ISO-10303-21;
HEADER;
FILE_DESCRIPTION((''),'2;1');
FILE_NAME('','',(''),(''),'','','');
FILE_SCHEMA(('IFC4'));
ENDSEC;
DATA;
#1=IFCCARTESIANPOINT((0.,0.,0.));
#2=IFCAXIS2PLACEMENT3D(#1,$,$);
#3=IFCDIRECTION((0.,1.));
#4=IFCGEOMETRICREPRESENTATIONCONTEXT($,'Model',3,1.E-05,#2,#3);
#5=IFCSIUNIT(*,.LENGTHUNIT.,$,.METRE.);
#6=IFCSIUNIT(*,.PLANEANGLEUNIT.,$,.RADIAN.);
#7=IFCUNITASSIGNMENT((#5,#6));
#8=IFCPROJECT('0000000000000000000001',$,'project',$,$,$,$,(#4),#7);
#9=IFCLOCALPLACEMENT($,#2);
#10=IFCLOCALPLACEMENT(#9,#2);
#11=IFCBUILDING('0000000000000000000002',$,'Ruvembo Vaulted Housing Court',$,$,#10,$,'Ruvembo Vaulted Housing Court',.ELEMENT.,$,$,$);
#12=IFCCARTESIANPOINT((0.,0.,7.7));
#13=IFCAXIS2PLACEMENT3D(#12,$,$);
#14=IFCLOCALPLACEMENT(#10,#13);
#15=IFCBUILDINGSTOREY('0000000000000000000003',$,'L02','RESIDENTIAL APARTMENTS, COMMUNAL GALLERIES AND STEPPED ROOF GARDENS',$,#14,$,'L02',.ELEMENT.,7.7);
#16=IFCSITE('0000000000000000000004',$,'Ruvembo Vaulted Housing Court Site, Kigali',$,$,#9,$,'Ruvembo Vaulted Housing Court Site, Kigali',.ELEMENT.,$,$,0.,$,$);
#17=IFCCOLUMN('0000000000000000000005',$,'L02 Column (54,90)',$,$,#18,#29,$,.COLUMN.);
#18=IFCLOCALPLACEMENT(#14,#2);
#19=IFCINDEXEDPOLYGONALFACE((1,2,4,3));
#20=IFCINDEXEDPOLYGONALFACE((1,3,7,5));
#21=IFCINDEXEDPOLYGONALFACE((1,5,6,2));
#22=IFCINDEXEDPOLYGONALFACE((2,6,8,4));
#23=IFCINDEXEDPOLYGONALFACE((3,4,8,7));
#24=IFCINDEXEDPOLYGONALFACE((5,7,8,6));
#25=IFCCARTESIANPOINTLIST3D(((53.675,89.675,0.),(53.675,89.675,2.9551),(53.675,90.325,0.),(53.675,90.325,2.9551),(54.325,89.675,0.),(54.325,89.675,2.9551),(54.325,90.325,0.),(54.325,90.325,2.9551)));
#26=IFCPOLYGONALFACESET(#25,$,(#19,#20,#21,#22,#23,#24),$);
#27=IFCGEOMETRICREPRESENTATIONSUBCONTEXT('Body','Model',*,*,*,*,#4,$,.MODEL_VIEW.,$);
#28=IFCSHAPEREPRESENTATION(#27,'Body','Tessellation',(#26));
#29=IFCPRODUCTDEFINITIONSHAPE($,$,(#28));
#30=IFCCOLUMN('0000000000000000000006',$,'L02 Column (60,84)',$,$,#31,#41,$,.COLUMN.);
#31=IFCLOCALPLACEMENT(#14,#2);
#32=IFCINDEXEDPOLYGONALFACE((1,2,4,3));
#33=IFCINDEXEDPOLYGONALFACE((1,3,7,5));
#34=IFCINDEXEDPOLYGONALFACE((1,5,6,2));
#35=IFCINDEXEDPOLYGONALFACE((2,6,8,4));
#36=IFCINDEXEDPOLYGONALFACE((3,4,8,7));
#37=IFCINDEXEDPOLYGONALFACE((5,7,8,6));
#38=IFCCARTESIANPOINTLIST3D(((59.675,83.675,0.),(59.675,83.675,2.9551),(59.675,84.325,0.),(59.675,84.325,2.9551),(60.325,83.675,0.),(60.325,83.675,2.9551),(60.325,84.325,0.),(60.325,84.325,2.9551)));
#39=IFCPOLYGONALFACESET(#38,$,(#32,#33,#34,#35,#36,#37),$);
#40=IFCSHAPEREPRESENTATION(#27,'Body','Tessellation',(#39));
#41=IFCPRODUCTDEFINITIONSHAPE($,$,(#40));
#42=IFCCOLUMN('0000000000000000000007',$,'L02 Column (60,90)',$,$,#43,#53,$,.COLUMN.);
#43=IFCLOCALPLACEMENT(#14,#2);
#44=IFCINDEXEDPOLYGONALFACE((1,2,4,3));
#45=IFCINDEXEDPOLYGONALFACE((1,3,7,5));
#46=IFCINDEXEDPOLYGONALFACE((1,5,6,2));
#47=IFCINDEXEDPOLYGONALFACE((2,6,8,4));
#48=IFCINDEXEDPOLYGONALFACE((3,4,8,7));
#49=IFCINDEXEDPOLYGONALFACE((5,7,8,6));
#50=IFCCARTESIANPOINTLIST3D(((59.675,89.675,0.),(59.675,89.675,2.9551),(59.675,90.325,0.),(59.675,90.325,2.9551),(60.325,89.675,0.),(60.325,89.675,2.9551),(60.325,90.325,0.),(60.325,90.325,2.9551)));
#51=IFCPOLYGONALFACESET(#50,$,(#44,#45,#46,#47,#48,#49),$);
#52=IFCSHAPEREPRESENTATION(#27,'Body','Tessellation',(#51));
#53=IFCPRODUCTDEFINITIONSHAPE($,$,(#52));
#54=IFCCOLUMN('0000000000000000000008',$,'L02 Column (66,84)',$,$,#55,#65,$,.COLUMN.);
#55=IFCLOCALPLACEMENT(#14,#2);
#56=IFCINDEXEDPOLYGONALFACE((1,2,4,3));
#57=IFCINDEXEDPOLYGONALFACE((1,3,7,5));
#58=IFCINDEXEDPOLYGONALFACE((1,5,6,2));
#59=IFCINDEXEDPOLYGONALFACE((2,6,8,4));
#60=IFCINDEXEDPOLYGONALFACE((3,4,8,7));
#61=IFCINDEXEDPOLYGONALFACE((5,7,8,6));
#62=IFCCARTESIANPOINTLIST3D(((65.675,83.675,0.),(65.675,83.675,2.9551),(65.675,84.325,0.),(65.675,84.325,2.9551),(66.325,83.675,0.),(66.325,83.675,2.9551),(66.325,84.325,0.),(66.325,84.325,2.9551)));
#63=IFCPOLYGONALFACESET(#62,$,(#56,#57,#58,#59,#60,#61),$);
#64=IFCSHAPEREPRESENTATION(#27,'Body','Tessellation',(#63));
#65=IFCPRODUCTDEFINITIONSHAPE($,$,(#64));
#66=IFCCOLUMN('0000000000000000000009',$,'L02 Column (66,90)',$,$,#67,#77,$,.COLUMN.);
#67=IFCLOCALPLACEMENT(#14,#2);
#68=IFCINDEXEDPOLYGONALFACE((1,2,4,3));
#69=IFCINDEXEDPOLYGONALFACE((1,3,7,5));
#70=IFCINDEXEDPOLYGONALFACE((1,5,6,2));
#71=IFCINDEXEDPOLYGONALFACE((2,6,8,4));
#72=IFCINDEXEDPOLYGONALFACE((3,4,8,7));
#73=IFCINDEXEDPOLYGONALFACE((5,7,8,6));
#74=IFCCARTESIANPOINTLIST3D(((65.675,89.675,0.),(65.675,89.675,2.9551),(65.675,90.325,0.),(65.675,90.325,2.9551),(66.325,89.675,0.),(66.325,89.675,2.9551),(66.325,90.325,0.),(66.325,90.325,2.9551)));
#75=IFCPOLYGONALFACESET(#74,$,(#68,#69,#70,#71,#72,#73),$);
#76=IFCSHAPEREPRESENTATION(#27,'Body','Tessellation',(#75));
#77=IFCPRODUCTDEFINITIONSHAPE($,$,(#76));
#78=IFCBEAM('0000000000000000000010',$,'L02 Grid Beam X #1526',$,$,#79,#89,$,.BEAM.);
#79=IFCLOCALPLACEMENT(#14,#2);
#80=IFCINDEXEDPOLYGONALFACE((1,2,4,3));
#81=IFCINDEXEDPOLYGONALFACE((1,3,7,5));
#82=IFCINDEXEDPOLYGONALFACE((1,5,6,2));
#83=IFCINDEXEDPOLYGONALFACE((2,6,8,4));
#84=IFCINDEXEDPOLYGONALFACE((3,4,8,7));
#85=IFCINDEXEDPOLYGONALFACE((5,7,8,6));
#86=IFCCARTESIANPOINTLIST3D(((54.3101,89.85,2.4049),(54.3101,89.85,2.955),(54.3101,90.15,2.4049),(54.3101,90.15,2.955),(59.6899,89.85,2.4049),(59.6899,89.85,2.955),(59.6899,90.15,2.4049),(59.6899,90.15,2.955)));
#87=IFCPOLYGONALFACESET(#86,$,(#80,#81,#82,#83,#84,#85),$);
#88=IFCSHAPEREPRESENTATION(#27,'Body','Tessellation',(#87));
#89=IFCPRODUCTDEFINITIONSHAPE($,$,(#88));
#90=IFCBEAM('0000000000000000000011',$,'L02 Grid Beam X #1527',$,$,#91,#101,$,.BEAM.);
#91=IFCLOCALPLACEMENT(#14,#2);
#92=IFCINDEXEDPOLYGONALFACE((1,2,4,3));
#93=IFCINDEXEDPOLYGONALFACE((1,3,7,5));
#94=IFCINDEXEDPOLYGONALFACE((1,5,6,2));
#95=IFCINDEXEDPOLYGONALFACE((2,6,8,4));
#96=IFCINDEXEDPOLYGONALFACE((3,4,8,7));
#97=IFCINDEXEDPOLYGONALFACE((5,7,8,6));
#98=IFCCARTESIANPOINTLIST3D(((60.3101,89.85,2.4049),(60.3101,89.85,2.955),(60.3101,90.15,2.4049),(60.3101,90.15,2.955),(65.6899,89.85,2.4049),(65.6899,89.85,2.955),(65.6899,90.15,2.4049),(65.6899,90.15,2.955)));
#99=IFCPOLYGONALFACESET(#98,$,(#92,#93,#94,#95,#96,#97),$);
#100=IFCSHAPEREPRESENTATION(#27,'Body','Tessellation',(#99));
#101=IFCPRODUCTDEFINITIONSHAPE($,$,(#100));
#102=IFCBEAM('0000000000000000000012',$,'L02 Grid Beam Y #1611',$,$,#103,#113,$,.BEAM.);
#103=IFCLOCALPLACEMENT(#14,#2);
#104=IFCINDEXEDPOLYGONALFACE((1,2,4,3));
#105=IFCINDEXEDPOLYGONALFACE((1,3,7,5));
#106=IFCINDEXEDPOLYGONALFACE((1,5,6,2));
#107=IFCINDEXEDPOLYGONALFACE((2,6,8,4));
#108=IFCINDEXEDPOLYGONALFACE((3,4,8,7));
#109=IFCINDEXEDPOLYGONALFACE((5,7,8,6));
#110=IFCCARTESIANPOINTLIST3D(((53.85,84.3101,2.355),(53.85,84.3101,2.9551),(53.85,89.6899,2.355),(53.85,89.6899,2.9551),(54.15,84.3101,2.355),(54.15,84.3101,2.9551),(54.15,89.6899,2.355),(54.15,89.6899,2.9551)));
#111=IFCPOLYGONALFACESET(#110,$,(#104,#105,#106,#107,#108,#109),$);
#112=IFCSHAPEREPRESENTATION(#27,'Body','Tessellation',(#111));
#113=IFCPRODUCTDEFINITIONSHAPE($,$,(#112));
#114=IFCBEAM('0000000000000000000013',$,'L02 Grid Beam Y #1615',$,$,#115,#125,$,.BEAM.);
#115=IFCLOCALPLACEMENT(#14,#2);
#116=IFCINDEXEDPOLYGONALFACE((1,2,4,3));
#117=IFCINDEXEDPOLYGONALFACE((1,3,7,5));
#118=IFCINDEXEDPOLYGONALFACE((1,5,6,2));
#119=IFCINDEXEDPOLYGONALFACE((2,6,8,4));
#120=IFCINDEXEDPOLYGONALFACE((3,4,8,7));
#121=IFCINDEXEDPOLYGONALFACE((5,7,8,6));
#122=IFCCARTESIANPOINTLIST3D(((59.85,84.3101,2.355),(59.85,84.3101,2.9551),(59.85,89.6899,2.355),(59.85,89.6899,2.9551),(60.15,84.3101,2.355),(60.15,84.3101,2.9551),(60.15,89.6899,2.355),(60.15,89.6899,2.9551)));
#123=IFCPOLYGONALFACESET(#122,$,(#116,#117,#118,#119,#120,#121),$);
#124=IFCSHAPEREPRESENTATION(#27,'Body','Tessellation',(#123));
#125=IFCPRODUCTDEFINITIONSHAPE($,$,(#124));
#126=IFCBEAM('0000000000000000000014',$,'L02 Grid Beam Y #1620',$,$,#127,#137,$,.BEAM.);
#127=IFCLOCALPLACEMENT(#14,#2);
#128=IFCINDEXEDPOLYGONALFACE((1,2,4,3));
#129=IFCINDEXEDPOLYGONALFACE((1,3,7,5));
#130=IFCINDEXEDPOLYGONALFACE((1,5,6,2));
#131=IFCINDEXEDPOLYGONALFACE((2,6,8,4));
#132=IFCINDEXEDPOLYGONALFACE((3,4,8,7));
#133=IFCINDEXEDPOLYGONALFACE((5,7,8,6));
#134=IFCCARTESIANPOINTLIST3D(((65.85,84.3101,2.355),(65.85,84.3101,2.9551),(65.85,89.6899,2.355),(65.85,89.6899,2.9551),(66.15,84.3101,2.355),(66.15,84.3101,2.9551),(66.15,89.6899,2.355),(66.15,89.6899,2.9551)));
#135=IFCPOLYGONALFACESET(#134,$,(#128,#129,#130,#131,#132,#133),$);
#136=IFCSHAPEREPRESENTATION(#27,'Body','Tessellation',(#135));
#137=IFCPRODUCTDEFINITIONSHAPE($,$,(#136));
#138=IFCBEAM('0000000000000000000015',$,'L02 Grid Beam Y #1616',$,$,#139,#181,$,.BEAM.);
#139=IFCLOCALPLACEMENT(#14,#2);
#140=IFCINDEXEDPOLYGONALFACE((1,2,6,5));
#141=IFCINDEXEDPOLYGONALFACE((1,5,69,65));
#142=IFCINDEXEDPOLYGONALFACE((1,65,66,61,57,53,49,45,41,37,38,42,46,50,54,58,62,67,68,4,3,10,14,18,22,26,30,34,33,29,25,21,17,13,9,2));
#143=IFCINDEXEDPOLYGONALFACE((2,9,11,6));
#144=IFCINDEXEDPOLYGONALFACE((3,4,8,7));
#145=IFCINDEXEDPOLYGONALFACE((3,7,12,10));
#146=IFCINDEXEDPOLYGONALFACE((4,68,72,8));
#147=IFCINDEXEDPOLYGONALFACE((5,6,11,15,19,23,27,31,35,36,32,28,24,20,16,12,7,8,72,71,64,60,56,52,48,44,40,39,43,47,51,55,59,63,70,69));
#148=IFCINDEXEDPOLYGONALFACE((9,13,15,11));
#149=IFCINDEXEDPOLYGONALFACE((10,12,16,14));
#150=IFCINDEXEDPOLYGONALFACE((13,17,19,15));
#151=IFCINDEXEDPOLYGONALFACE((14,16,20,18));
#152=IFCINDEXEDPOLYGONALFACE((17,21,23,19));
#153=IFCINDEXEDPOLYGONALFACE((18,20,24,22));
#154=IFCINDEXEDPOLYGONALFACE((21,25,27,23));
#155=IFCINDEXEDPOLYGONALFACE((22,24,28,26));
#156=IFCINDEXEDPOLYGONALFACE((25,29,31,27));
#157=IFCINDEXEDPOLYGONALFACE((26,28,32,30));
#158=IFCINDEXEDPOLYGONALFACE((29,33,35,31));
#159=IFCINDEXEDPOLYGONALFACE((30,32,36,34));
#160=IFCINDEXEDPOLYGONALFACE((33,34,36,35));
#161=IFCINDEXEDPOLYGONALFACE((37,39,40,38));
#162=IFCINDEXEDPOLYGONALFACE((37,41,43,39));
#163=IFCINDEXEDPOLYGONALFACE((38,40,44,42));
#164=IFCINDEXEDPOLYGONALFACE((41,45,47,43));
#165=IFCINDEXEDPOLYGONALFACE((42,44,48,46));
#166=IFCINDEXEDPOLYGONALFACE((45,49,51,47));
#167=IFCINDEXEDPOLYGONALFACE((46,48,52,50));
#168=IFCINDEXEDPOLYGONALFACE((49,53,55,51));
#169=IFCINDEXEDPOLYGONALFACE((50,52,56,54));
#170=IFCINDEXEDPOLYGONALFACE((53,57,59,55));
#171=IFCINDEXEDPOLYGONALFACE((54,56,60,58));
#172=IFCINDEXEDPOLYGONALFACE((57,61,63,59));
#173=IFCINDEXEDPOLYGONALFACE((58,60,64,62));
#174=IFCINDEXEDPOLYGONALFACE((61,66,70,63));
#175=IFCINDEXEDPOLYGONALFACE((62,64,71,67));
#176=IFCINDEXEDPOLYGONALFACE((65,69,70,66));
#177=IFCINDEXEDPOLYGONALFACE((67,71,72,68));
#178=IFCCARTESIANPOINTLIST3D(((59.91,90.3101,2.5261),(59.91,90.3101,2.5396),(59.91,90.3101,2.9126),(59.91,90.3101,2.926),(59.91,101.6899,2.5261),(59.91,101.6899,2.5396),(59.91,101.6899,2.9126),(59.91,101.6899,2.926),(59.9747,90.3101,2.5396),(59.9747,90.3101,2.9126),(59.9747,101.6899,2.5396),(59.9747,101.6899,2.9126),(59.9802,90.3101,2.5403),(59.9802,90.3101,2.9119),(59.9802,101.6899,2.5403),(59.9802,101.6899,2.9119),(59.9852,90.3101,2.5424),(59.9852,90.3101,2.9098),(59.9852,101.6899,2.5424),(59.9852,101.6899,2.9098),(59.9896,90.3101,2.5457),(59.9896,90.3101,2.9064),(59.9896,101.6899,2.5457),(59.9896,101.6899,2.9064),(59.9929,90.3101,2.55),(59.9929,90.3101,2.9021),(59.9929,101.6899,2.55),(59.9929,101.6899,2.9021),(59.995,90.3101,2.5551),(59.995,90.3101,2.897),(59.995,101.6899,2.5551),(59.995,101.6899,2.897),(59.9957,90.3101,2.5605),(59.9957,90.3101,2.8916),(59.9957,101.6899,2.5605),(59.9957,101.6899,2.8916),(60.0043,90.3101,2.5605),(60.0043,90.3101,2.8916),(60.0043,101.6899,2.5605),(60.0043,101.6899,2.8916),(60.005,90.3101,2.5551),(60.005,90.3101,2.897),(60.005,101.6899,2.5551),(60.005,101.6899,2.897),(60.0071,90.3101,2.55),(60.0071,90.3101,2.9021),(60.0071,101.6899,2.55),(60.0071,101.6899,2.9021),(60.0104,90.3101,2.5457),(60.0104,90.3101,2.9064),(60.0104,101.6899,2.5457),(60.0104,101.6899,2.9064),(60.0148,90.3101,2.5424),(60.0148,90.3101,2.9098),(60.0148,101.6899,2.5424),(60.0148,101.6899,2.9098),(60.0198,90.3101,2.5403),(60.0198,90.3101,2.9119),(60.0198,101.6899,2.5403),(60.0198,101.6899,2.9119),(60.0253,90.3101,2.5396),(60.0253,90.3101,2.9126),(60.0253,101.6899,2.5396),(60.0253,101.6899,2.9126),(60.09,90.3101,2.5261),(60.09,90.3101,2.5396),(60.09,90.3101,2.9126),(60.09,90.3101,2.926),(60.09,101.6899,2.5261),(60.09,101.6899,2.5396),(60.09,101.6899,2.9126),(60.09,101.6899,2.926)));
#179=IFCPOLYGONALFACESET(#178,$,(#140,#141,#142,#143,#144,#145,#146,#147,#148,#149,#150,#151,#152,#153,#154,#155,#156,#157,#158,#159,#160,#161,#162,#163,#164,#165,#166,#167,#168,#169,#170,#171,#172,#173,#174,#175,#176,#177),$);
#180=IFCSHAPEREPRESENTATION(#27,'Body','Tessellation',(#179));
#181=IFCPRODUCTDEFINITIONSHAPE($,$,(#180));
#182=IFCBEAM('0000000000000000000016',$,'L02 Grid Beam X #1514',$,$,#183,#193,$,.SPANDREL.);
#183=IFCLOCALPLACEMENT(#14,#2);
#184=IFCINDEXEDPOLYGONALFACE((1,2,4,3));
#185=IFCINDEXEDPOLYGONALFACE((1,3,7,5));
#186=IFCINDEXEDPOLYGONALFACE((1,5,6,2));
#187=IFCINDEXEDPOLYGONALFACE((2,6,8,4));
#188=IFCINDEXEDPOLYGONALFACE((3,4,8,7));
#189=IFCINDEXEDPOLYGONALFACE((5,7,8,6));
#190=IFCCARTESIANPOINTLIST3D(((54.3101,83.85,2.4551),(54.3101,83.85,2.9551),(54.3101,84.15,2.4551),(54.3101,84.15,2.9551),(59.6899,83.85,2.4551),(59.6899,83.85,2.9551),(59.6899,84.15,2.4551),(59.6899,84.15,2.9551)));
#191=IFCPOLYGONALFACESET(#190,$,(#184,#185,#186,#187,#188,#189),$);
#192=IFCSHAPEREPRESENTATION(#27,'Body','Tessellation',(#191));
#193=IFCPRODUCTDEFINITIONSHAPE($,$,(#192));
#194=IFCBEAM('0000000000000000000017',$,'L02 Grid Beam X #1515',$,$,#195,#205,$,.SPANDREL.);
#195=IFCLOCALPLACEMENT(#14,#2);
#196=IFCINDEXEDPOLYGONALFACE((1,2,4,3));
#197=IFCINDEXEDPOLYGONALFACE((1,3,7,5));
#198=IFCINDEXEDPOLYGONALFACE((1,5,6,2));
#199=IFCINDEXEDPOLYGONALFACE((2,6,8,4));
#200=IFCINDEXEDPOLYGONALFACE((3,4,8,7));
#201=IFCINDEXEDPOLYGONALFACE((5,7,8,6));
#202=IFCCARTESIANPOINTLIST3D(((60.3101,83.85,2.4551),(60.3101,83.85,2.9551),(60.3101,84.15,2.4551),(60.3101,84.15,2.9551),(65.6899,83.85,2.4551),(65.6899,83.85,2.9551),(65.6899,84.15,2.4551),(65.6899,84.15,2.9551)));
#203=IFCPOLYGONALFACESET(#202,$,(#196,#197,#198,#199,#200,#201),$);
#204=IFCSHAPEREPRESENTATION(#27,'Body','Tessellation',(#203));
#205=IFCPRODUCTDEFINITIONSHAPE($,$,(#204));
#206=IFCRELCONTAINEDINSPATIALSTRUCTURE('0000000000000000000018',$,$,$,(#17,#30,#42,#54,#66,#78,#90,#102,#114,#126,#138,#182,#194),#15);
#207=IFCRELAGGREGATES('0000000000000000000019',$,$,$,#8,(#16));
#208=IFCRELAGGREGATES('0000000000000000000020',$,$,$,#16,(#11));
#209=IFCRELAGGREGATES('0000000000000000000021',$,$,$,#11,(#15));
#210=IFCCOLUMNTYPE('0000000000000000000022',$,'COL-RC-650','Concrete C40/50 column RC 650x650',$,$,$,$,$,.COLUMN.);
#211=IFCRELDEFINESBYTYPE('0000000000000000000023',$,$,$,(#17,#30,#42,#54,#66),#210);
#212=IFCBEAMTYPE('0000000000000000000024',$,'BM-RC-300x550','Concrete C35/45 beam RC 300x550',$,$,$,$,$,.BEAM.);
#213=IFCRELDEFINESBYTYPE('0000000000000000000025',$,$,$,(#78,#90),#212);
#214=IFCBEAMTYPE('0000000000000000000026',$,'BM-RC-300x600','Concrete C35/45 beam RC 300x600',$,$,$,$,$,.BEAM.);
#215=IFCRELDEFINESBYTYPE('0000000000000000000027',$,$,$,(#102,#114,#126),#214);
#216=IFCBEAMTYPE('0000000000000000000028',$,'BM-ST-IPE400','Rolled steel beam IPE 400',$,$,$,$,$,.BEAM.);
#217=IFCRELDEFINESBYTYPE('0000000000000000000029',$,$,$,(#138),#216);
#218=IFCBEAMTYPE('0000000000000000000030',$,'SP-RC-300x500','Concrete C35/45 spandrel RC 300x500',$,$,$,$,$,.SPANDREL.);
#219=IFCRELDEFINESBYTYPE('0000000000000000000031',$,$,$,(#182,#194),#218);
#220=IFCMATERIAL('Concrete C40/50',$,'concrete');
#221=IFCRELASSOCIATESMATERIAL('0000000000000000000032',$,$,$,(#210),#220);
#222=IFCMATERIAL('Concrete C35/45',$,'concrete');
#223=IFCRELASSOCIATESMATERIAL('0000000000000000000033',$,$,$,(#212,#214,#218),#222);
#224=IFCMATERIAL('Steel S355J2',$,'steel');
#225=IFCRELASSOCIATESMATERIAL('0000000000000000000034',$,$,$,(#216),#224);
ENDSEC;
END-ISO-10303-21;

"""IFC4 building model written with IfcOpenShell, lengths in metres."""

from ifc_helpers import new_model, si_unit, direction, frame, origin, origin_2d, place, context, subcontext, project, spatial, rectangle, i_section, extrude, material, material_profile, profile_set, type_object, element, save


model = new_model("IFC4")

# Units and contexts
model_context = context("Model", 3, precision=1e-05, world=origin(), true_north=direction((0.0, 1.0)))
body_context = subcontext(model_context, "Body", "Model", "MODEL_VIEW")
ifc_project = project(units=[si_unit("LENGTHUNIT", "METRE"), si_unit("PLANEANGLEUNIT", "RADIAN")], contexts=[model_context])

# Site, building, storey
site_placement = place(None, origin())
site = spatial("IfcSite", under=ifc_project, at=site_placement, Name="Ruvembo Vaulted Housing Court Site, Kigali", LongName="Ruvembo Vaulted Housing Court Site, Kigali", CompositionType="ELEMENT", RefElevation=0.0)
building_placement = place(site_placement, origin())
building = spatial("IfcBuilding", under=site, at=building_placement, Name="Ruvembo Vaulted Housing Court", LongName="Ruvembo Vaulted Housing Court", CompositionType="ELEMENT")
storey_placement = place(building_placement, frame((0.0, 0.0, 7.7)))
storey = spatial("IfcBuildingStorey", under=building, at=storey_placement, Name="L02", Description="RESIDENTIAL APARTMENTS, COMMUNAL GALLERIES AND STEPPED ROOF GARDENS", LongName="L02", CompositionType="ELEMENT", Elevation=7.7)

# Columns
ifc_material_1 = material(Name="Concrete C40/50", Category="concrete")
ifc_material_profile_1 = material_profile(ifc_material_1, rectangle(XDim=0.6499, YDim=0.6499, at=origin_2d()), Name="RC 650x650")
ifc_profile_set_1 = profile_set([ifc_material_profile_1], Name="Concrete C40/50")
column_type = type_object("IfcColumnType", Name="COL-RC-650", Description="Concrete C40/50 column RC 650x650", PredefinedType="COLUMN", material=ifc_profile_set_1)
for number, where, z_axis, x_axis, name in (
    (1, (54.0, 90.0, 0.0), (0.0, 0.0, 1.0), (1.0, 0.0, 0.0), "L02 Column (54,90)"),
    (2, (60.0, 84.0, 0.0), (0.0, 0.0, 1.0), (1.0, 0.0, 0.0), "L02 Column (60,84)"),
    (3, (60.0, 90.0, 0.0), (0.0, 0.0, 1.0), (1.0, 0.0, 0.0), "L02 Column (60,90)"),
    (4, (66.0, 84.0, 0.0), (0.0, 0.0, 1.0), (1.0, 0.0, 0.0), "L02 Column (66,84)"),
    (5, (66.0, 90.0, 0.0), (0.0, 0.0, 1.0), (1.0, 0.0, 0.0), "L02 Column (66,90)"),
):
    element("IfcColumn", number, at=place(storey_placement, frame(where, z_axis=z_axis, x_axis=x_axis)), inside=storey, type_object=column_type, Name=name, PredefinedType="COLUMN", context=body_context, shape_type="SweptSolid", body=[
        extrude(rectangle(XDim=0.6499, YDim=0.6499, at=origin_2d()), origin(), (0.0, 0.0, 1.0), 2.9551),
    ])

# Beams
ifc_material_2 = material(Name="Concrete C35/45", Category="concrete")
ifc_material_profile_2 = material_profile(ifc_material_2, rectangle(XDim=0.3, YDim=0.55, at=origin_2d()), Name="RC 300x550")
ifc_profile_set_2 = profile_set([ifc_material_profile_2], Name="Concrete C35/45")
beam_type_1 = type_object("IfcBeamType", Name="BM-RC-300x550", Description="Concrete C35/45 beam RC 300x550", PredefinedType="BEAM", material=ifc_profile_set_2)
for number, where, z_axis, x_axis, name in (
    (6, (54.3101, 90.0, 2.6799), (1.0, 0.0, 0.0), (0.0, 1.0, 0.0), "L02 Grid Beam X #1526"),
    (7, (60.3101, 90.0, 2.6799), (1.0, 0.0, 0.0), (0.0, 1.0, 0.0), "L02 Grid Beam X #1527"),
):
    element("IfcBeam", number, at=place(storey_placement, frame(where, z_axis=z_axis, x_axis=x_axis)), inside=storey, type_object=beam_type_1, Name=name, PredefinedType="BEAM", context=body_context, shape_type="SweptSolid", body=[
        extrude(rectangle(XDim=0.3, YDim=0.55, at=origin_2d()), origin(), (0.0, 0.0, 1.0), 5.3799),
    ])
ifc_material_profile_3 = material_profile(ifc_material_2, rectangle(XDim=0.3, YDim=0.6001, at=origin_2d()), Name="RC 300x600")
ifc_profile_set_3 = profile_set([ifc_material_profile_3], Name="Concrete C35/45")
beam_type_2 = type_object("IfcBeamType", Name="BM-RC-300x600", Description="Concrete C35/45 beam RC 300x600", PredefinedType="BEAM", material=ifc_profile_set_3)
for number, where, z_axis, x_axis, name in (
    (8, (54.0, 84.3101, 2.655), (0.0, 1.0, 0.0), (-1.0, 0.0, 0.0), "L02 Grid Beam Y #1611"),
    (9, (60.0, 84.3101, 2.655), (0.0, 1.0, 0.0), (-1.0, 0.0, 0.0), "L02 Grid Beam Y #1615"),
    (10, (66.0, 84.3101, 2.655), (0.0, 1.0, 0.0), (-1.0, 0.0, 0.0), "L02 Grid Beam Y #1620"),
):
    element("IfcBeam", number, at=place(storey_placement, frame(where, z_axis=z_axis, x_axis=x_axis)), inside=storey, type_object=beam_type_2, Name=name, PredefinedType="BEAM", context=body_context, shape_type="SweptSolid", body=[
        extrude(rectangle(XDim=0.3, YDim=0.6001, at=origin_2d()), origin(), (0.0, 0.0, 1.0), 5.3799),
    ])
ifc_material_3 = material(Name="Steel S355J2", Category="steel")
ifc_material_profile_4 = material_profile(ifc_material_3, i_section(OverallWidth=0.1799, OverallDepth=0.3999, WebThickness=0.0085, FlangeThickness=0.0134, FilletRadius=0.021, at=origin_2d()), Name="IPE 400")
ifc_profile_set_4 = profile_set([ifc_material_profile_4], Name="Steel S355J2")
beam_type_3 = type_object("IfcBeamType", Name="BM-ST-IPE400", Description="Rolled steel beam IPE 400", PredefinedType="BEAM", material=ifc_profile_set_4)
beam_placement = place(storey_placement, frame((60.0, 90.3101, 2.7261), z_axis=(0.0, 1.0, 0.0), x_axis=(-1.0, 0.0, 0.0)))
element("IfcBeam", 11, at=beam_placement, inside=storey, type_object=beam_type_3, Name="L02 Grid Beam Y #1616", PredefinedType="BEAM", context=body_context, shape_type="SweptSolid", body=[
    extrude(i_section(OverallWidth=0.1799, OverallDepth=0.3999, WebThickness=0.0085, FlangeThickness=0.0134, FilletRadius=0.021, at=origin_2d()), origin(), (0.0, 0.0, 1.0), 11.3799),
])
ifc_material_profile_5 = material_profile(ifc_material_2, rectangle(XDim=0.3, YDim=0.5, at=origin_2d()), Name="RC 300x500")
ifc_profile_set_5 = profile_set([ifc_material_profile_5], Name="Concrete C35/45")
beam_type_4 = type_object("IfcBeamType", Name="SP-RC-300x500", Description="Concrete C35/45 spandrel RC 300x500", PredefinedType="SPANDREL", material=ifc_profile_set_5)
for number, where, z_axis, x_axis, name in (
    (12, (54.3101, 84.0, 2.7051), (1.0, 0.0, 0.0), (0.0, 1.0, 0.0), "L02 Grid Beam X #1514"),
    (13, (60.3101, 84.0, 2.7051), (1.0, 0.0, 0.0), (0.0, 1.0, 0.0), "L02 Grid Beam X #1515"),
):
    element("IfcBeam", number, at=place(storey_placement, frame(where, z_axis=z_axis, x_axis=x_axis)), inside=storey, type_object=beam_type_4, Name=name, PredefinedType="SPANDREL", context=body_context, shape_type="SweptSolid", body=[
        extrude(rectangle(XDim=0.3, YDim=0.5, at=origin_2d()), origin(), (0.0, 0.0, 1.0), 5.3799),
    ])

save(model, "model.ifc")
